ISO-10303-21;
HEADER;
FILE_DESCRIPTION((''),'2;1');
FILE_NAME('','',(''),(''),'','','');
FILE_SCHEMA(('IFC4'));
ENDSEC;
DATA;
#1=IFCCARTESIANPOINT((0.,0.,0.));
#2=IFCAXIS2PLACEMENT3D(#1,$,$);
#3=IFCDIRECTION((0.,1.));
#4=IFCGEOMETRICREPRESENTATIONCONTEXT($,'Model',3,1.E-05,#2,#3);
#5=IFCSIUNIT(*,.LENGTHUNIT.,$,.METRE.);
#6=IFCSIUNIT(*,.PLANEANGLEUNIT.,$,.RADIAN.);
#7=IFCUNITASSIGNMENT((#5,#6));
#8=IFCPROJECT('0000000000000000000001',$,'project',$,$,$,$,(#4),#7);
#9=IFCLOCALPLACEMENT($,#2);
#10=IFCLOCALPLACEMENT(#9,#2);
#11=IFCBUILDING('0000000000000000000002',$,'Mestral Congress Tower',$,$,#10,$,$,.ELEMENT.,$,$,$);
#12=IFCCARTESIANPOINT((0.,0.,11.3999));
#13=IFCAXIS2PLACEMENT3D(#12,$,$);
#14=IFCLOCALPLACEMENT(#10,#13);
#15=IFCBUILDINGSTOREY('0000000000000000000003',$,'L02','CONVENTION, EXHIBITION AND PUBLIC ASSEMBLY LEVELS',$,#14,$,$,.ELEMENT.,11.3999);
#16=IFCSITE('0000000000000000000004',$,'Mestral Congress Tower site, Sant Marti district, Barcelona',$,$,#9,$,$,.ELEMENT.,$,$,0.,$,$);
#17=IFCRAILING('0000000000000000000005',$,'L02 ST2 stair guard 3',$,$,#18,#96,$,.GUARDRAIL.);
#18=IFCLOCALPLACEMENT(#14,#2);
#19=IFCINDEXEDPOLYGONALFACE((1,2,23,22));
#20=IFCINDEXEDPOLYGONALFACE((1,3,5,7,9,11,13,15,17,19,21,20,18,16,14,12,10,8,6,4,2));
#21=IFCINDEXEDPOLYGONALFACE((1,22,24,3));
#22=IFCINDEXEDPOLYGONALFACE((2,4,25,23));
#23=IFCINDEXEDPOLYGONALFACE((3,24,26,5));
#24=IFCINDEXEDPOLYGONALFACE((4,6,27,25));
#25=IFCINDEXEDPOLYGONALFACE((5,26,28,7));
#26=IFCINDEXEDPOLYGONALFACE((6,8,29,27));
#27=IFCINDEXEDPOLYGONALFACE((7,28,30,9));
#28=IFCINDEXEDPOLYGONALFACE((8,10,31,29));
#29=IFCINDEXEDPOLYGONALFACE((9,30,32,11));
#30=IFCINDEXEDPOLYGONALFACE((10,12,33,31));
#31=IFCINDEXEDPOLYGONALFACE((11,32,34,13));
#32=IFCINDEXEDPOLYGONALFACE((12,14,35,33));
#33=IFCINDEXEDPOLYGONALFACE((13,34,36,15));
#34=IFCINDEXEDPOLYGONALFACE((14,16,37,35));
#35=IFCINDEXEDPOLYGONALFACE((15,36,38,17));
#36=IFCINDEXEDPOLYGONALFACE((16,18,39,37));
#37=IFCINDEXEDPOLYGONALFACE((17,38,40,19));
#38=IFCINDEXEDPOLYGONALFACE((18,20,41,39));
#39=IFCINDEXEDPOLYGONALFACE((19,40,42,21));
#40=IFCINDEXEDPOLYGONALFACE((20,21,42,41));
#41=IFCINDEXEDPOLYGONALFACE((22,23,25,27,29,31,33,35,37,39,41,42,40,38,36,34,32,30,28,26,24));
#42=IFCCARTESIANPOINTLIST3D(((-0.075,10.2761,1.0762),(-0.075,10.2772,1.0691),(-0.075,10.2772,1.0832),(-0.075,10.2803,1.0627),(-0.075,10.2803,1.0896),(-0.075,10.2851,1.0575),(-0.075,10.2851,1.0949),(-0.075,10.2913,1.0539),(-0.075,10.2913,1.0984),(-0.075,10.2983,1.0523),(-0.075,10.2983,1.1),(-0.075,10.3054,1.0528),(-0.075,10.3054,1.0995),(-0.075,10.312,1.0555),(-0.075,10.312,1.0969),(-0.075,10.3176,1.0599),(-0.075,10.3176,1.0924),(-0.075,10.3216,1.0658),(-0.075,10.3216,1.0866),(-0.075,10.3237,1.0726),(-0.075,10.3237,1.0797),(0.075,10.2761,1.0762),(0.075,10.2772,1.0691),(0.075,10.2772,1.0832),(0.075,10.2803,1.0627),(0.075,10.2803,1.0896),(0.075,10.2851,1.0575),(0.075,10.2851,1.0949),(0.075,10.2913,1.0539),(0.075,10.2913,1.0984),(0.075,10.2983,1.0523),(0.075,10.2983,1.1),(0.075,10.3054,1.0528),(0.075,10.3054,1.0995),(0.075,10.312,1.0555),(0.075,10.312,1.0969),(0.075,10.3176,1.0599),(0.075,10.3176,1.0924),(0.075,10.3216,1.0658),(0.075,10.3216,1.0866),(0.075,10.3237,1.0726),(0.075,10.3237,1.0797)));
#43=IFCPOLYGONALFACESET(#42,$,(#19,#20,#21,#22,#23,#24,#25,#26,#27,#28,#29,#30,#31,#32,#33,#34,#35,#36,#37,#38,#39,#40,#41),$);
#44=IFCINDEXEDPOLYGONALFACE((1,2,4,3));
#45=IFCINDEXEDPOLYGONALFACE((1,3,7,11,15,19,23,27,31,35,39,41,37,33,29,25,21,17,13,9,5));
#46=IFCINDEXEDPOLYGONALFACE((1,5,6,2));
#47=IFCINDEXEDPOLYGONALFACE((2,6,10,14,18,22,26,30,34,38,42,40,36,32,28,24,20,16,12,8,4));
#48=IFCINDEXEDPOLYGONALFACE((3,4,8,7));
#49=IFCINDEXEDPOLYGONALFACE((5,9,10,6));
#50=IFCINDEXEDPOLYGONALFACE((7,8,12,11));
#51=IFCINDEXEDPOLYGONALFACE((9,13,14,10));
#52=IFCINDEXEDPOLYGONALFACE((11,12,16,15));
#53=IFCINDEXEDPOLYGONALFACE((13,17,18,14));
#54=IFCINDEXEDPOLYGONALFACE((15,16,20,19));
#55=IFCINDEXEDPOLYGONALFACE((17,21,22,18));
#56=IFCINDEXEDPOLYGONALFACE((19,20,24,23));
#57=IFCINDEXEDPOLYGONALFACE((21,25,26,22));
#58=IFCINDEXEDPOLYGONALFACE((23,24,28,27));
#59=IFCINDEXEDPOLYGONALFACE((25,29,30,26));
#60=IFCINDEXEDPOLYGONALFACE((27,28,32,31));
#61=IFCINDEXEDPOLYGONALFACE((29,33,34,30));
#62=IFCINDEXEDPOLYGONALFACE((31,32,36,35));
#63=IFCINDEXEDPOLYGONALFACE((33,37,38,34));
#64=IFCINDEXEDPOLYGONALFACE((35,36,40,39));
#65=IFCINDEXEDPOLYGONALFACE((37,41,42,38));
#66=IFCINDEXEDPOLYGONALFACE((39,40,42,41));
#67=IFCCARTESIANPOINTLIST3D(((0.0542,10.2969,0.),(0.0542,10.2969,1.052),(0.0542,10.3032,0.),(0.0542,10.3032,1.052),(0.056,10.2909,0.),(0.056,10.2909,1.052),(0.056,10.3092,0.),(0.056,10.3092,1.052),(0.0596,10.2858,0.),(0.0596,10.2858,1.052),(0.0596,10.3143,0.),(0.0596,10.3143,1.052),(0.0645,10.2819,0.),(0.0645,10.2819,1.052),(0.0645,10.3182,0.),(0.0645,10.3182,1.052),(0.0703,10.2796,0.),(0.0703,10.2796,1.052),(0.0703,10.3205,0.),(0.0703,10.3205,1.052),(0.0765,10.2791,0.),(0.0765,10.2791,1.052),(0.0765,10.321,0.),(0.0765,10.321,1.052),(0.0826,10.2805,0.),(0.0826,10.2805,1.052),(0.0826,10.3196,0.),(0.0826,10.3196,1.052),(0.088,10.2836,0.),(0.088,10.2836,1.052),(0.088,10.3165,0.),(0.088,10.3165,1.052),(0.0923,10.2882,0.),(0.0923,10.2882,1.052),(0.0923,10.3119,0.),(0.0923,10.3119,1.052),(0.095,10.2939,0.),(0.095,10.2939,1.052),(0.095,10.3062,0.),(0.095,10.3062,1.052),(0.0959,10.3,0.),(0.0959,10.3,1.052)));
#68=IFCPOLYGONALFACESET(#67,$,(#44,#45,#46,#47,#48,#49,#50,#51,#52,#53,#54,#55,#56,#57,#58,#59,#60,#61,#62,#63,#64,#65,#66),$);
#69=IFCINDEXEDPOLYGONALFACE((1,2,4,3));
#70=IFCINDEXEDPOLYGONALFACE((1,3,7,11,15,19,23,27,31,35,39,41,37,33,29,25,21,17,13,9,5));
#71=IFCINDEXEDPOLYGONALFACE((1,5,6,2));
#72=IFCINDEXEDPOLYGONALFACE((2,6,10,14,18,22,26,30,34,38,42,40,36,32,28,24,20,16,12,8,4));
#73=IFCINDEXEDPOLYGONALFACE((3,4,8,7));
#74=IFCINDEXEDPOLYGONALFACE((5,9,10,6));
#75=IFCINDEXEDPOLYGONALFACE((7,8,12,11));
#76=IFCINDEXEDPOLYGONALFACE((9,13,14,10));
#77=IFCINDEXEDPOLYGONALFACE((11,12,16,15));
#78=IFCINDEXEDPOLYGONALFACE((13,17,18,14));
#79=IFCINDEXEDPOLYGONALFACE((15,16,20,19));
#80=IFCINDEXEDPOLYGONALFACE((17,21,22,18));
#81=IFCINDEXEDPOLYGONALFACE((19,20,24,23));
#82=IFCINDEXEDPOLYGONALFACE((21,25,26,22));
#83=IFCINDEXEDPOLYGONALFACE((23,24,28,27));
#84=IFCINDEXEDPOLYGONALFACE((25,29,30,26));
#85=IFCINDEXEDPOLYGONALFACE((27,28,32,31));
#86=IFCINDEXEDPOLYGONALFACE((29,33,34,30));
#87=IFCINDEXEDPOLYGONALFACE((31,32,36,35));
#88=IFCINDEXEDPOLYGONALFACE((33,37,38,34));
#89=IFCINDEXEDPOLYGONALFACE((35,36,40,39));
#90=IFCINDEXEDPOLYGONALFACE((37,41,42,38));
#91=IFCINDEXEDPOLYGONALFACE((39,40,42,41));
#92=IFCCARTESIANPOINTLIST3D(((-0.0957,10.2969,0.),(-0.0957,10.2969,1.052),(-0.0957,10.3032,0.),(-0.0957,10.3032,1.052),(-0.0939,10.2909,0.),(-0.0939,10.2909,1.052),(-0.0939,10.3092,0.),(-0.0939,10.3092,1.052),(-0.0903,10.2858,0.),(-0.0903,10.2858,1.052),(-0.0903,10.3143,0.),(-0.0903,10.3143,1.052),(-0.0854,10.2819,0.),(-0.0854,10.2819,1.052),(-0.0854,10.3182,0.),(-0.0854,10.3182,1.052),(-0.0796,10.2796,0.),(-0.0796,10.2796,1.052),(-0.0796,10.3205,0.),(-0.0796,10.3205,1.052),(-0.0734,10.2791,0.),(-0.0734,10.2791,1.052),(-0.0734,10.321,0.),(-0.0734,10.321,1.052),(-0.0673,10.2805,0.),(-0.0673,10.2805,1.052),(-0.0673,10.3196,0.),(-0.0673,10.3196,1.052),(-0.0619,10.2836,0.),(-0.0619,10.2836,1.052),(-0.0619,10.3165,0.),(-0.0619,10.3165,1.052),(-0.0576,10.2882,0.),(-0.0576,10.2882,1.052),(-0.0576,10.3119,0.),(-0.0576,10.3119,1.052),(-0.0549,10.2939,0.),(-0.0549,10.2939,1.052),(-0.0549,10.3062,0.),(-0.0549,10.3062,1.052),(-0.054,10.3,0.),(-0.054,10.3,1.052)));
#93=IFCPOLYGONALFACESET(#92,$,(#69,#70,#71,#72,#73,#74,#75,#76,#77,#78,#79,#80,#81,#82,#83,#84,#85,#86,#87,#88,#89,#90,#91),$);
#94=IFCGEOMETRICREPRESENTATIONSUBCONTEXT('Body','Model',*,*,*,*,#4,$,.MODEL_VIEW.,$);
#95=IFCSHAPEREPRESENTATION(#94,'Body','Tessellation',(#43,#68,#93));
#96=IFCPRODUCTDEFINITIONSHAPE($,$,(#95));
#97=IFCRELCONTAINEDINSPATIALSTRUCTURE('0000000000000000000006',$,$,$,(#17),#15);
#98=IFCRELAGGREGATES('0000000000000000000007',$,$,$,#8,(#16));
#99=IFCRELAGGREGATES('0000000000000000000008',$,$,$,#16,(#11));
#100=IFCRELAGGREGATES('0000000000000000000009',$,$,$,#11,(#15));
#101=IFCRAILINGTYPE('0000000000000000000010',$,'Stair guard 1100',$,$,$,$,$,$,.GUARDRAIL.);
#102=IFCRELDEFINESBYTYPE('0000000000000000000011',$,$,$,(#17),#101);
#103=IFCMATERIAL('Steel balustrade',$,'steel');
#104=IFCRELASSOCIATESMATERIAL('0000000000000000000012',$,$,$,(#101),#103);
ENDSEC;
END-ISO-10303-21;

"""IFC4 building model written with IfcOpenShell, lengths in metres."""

from ifc_helpers import new_model, si_unit, direction, frame, origin, origin_2d, place, context, subcontext, project, spatial, circle, extrude, material, type_object, element, save


model = new_model("IFC4")

# Units and contexts
model_context = context("Model", 3, precision=1e-05, world=origin(), true_north=direction((0.0, 1.0)))
body_context = subcontext(model_context, "Body", "Model", "MODEL_VIEW")
ifc_project = project(units=[si_unit("LENGTHUNIT", "METRE"), si_unit("PLANEANGLEUNIT", "RADIAN")], contexts=[model_context])

# Site, building, storey
site_placement = place(None, origin())
site = spatial("IfcSite", under=ifc_project, at=site_placement, Name="Mestral Congress Tower site, Sant Marti district, Barcelona", CompositionType="ELEMENT", RefElevation=0.0)
building_placement = place(site_placement, origin())
building = spatial("IfcBuilding", under=site, at=building_placement, Name="Mestral Congress Tower", CompositionType="ELEMENT")
storey_placement = place(building_placement, frame((0.0, 0.0, 11.3999)))
storey = spatial("IfcBuildingStorey", under=building, at=storey_placement, Name="L02", Description="CONVENTION, EXHIBITION AND PUBLIC ASSEMBLY LEVELS", CompositionType="ELEMENT", Elevation=11.3999)

# Railing
ifc_material_1 = material(Name="Steel balustrade", Category="steel")
railing_type_1 = type_object("IfcRailingType", Name="Stair guard 1100", PredefinedType="GUARDRAIL", material=ifc_material_1)
railing_1_placement = place(storey_placement, frame((0.075, 10.3, 0.0)))
element("IfcRailing", 1, at=railing_1_placement, inside=storey, type_object=railing_type_1, Name="L02 ST2 stair guard 3", PredefinedType="GUARDRAIL", context=body_context, shape_type="SweptSolid", body=[
    extrude(circle(Radius=0.0239, at=origin_2d()), frame((0.0, 0.0, 1.0762), z_axis=(-1.0, 0.0, 0.0), x_axis=(0.0, -1.0, 0.0)), (0.0, 0.0, 1.0), 0.1499),
    extrude(circle(Radius=0.021, at=origin_2d()), origin(), (0.0, 0.0, 1.0), 1.052),
    extrude(circle(Radius=0.021, at=origin_2d()), frame((-0.1499, 0.0, 0.0)), (0.0, 0.0, 1.0), 1.052),
])

save(model, "model.ifc")
